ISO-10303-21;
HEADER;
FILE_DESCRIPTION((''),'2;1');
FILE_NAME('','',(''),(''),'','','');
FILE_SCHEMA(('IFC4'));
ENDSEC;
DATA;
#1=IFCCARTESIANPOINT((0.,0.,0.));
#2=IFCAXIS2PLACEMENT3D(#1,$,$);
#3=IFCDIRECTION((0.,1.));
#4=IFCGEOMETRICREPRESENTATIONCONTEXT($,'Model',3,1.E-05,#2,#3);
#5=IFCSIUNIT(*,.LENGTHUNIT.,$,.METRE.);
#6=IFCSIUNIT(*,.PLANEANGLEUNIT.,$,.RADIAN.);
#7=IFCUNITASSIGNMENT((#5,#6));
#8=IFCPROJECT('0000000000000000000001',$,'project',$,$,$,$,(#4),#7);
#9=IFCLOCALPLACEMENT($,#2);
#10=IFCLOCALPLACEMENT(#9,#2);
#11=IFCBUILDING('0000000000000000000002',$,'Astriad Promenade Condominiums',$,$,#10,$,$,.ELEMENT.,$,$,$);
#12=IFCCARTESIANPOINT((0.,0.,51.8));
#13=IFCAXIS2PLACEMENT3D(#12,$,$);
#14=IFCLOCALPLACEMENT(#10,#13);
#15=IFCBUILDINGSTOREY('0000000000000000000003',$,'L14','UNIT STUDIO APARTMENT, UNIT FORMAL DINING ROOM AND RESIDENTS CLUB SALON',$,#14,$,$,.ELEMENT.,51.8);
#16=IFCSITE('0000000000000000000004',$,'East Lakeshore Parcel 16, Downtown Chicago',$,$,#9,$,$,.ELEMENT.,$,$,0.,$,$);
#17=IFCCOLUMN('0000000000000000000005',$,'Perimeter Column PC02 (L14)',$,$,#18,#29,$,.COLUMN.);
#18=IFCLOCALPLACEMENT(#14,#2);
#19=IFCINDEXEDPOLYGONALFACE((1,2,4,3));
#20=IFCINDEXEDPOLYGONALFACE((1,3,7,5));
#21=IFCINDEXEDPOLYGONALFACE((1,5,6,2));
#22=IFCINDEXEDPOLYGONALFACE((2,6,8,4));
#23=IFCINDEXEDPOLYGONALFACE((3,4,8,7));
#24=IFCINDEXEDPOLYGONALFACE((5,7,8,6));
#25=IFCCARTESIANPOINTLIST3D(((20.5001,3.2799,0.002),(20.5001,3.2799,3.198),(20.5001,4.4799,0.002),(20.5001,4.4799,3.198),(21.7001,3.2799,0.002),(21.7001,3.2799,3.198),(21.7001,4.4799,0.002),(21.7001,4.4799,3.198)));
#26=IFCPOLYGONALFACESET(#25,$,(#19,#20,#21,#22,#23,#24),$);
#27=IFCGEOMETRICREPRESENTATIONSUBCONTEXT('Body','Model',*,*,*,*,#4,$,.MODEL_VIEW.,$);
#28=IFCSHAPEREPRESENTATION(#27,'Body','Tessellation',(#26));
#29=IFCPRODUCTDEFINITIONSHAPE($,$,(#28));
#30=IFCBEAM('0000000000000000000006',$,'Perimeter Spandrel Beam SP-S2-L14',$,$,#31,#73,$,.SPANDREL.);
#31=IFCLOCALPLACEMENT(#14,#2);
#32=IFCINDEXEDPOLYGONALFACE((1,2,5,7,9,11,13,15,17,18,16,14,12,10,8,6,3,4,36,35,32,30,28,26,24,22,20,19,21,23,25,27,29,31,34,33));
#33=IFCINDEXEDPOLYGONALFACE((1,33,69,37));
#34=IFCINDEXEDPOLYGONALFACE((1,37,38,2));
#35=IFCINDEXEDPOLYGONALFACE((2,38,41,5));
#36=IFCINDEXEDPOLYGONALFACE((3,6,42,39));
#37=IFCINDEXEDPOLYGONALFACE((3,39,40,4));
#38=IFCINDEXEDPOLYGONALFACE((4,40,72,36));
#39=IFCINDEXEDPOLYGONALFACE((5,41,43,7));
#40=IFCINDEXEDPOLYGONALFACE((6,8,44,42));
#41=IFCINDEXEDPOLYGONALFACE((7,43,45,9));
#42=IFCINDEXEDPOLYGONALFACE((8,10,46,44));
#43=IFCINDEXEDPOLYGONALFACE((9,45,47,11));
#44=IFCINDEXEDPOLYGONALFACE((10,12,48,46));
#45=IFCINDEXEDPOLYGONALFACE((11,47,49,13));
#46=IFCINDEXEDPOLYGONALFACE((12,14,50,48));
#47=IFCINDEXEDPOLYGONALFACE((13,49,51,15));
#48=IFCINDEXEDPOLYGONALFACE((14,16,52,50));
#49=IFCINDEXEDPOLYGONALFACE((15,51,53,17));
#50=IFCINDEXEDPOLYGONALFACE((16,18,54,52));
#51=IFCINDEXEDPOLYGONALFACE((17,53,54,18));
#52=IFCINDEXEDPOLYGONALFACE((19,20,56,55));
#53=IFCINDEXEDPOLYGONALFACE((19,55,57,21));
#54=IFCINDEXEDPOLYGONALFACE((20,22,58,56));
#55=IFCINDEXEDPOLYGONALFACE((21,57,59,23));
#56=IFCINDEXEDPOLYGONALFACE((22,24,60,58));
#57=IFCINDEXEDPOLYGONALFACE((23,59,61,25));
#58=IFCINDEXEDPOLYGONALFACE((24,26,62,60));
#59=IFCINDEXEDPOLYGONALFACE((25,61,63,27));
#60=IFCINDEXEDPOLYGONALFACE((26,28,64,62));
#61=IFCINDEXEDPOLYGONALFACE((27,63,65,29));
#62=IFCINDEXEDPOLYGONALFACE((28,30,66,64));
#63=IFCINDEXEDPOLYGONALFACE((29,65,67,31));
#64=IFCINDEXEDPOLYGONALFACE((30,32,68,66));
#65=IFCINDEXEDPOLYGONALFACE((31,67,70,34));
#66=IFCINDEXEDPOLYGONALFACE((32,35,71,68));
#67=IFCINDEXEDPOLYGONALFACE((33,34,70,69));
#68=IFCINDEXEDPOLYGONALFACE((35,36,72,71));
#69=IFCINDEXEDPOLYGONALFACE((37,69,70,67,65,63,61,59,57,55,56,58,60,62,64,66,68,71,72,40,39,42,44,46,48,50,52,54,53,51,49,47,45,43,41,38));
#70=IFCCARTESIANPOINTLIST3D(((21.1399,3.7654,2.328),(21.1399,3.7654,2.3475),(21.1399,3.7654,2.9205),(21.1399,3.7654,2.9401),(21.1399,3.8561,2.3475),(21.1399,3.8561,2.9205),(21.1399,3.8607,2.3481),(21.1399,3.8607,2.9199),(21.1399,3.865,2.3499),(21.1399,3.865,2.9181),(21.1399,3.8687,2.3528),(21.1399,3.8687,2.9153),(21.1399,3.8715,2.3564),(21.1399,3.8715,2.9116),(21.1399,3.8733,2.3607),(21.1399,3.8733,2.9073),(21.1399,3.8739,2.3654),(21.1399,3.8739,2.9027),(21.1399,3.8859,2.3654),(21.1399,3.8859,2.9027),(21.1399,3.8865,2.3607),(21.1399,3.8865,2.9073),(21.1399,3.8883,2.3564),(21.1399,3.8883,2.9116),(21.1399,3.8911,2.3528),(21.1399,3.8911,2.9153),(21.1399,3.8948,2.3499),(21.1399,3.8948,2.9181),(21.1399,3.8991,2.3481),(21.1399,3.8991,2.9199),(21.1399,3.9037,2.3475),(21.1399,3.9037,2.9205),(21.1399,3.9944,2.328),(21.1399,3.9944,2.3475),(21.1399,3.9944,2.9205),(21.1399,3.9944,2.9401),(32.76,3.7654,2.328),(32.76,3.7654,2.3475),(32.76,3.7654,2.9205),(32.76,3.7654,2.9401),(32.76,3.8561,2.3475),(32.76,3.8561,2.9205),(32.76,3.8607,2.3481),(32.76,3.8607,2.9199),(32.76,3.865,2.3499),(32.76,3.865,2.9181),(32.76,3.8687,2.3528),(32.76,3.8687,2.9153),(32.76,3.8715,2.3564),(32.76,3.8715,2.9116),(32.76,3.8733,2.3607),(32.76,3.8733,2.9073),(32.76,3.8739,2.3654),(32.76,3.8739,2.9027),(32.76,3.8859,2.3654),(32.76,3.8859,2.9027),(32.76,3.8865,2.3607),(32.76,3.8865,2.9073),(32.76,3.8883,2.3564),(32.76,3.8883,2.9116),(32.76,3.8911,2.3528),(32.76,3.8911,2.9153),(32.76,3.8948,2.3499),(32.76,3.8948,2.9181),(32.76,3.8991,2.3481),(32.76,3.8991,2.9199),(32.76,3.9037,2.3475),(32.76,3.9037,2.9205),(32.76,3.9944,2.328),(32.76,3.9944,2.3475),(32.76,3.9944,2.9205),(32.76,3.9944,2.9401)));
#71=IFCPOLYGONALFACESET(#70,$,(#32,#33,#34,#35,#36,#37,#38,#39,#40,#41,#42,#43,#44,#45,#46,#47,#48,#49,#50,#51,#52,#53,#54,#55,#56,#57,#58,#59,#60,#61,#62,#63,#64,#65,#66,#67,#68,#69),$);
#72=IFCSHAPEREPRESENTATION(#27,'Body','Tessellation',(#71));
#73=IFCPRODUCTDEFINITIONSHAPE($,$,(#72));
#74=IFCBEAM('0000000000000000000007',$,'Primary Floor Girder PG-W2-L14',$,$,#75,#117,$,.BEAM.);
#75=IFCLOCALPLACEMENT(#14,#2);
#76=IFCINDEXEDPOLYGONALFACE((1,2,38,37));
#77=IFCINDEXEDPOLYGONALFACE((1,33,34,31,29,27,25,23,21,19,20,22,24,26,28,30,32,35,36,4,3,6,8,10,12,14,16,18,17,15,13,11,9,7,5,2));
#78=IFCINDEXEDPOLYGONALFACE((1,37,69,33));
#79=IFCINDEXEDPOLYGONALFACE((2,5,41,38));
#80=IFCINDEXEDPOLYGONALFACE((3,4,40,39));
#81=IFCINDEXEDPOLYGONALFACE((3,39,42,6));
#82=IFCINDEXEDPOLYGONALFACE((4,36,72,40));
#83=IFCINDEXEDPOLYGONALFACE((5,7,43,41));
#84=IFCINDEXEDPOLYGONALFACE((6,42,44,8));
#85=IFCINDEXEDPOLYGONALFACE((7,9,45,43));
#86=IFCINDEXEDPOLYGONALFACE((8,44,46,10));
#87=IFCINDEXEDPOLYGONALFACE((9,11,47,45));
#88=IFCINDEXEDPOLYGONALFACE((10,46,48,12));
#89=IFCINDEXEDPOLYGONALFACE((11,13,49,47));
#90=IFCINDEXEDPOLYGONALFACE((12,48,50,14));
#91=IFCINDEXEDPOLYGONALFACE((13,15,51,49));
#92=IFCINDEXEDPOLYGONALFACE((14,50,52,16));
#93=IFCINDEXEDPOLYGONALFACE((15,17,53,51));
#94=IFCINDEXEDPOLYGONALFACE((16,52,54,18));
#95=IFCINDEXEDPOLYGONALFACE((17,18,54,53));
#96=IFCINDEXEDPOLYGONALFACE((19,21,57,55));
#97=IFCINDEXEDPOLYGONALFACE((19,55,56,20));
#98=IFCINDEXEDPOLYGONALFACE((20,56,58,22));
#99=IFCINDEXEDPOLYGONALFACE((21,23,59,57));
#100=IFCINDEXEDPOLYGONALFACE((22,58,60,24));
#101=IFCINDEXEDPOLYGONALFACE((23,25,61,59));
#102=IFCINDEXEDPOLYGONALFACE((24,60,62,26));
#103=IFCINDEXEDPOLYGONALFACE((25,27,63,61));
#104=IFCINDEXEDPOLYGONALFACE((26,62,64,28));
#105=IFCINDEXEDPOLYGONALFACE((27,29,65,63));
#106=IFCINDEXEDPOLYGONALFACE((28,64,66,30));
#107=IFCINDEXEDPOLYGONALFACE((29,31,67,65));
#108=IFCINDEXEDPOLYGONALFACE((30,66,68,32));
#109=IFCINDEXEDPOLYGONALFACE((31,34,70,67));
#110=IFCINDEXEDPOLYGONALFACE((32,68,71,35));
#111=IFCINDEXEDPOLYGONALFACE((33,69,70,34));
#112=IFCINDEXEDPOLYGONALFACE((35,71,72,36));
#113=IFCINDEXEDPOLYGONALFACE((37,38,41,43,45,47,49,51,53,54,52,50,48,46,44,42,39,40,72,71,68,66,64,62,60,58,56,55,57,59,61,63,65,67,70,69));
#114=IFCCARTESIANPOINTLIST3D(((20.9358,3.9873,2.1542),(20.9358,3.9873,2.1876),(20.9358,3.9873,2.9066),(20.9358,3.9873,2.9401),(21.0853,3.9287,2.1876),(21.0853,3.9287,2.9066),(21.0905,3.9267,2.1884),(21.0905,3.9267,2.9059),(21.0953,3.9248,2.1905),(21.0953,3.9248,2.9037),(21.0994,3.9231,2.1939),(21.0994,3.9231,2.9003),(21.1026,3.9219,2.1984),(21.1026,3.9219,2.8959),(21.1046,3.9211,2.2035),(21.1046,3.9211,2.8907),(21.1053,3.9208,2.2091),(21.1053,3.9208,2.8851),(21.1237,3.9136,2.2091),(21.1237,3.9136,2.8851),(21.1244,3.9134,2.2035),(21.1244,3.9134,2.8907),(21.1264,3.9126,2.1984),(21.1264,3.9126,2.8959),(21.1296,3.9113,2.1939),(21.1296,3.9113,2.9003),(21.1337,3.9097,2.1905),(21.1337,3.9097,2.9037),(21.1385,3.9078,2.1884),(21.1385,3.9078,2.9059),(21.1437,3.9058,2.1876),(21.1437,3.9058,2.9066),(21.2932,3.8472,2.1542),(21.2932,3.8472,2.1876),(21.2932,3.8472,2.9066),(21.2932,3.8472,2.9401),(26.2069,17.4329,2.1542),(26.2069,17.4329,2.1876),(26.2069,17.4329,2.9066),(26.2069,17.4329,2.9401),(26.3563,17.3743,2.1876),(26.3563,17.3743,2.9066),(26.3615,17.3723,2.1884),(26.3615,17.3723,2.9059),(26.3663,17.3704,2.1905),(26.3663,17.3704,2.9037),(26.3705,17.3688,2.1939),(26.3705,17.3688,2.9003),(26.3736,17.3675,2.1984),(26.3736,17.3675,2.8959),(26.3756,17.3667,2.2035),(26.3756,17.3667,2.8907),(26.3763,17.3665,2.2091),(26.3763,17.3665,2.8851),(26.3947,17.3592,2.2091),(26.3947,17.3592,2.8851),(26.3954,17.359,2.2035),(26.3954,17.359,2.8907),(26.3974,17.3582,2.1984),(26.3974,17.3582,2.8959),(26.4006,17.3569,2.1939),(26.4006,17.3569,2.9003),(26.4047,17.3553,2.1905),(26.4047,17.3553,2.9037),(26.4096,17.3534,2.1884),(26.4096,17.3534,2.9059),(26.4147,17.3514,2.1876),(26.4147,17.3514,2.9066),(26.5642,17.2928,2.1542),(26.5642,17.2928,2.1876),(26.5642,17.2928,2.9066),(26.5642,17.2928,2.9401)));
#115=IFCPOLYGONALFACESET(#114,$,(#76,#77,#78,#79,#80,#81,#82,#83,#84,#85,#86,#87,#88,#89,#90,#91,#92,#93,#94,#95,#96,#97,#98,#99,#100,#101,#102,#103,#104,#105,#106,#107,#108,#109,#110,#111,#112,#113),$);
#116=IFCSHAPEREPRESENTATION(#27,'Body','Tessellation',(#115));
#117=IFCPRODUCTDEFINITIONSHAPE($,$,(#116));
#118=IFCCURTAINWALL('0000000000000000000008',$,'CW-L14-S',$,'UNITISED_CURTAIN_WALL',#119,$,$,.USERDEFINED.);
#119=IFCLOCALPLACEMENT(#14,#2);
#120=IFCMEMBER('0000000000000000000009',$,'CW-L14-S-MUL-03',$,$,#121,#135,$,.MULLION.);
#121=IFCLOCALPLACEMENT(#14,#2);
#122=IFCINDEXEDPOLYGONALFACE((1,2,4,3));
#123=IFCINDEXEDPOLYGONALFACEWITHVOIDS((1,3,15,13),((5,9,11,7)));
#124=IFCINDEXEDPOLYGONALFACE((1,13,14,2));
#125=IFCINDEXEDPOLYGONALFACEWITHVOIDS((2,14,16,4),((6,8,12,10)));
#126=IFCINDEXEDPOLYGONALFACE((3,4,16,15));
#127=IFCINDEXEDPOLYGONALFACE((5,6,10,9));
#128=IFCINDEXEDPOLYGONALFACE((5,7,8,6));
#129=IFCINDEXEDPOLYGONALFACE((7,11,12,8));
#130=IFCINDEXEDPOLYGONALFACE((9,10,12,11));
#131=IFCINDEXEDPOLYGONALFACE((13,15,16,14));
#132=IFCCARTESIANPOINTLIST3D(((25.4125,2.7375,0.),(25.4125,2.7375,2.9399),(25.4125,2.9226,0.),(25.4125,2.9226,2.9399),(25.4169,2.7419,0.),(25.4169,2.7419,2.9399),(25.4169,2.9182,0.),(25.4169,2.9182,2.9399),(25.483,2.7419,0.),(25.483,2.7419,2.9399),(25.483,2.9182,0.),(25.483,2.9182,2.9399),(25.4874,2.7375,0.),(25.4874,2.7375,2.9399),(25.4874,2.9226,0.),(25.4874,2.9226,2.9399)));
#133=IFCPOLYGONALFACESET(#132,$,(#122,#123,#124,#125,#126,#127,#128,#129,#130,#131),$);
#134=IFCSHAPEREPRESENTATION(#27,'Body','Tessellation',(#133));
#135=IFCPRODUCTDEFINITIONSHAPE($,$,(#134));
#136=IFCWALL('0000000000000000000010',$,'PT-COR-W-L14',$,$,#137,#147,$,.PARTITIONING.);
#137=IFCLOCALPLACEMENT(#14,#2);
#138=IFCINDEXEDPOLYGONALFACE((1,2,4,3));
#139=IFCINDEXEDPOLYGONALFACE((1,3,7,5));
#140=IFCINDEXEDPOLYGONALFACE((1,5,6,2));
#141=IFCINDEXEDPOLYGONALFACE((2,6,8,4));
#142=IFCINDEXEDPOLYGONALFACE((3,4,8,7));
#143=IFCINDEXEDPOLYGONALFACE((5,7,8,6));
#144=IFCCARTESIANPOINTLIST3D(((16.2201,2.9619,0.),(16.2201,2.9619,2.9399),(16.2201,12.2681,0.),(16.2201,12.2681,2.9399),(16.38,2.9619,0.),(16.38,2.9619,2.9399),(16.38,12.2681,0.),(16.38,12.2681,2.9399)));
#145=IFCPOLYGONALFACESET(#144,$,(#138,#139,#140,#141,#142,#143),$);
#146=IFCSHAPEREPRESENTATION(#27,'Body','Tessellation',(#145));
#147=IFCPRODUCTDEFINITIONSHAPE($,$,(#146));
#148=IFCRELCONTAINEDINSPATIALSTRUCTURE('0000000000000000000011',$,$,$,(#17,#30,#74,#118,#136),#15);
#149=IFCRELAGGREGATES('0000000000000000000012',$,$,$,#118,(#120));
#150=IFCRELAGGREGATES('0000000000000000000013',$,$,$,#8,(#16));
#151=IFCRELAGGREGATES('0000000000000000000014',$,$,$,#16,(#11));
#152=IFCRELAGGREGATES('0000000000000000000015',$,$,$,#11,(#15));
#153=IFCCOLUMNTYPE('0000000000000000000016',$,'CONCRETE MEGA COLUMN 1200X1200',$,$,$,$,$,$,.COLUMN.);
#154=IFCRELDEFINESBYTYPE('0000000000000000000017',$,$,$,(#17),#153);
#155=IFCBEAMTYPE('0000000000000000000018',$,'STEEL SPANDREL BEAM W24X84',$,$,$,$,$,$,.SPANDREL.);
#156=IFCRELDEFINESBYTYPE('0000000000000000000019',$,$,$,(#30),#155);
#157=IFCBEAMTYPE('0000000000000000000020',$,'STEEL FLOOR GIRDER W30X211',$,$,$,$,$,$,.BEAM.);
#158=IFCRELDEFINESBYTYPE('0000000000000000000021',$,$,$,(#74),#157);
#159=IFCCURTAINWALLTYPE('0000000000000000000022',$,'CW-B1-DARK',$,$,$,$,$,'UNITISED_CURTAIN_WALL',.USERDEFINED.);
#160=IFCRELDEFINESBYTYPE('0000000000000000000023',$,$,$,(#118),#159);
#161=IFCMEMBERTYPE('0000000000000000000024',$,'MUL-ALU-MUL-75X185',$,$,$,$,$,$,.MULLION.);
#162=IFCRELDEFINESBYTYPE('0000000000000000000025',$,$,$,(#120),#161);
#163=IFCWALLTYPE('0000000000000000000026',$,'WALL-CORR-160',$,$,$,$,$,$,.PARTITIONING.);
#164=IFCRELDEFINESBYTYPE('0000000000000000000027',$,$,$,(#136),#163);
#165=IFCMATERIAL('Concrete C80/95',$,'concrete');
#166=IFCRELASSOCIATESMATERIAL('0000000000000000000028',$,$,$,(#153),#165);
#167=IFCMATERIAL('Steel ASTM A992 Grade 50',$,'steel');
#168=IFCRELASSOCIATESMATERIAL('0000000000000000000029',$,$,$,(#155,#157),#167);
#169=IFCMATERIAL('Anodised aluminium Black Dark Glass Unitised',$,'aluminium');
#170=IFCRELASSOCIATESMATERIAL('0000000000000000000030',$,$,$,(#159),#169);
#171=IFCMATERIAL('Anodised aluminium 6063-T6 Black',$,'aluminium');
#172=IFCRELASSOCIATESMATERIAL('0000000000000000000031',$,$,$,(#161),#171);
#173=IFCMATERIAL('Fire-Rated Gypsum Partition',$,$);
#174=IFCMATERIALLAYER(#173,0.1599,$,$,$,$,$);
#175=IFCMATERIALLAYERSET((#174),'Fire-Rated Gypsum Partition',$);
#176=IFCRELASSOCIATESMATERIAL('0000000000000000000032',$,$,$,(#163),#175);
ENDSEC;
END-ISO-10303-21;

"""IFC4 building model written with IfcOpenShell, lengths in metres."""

from ifc_helpers import new_model, si_unit, direction, frame, frame_2d, origin, origin_2d, place, context, subcontext, project, spatial, rectangle, hollow_rectangle, i_section, extrude, source, transform, mapped, material, layer, layer_set, material_profile, profile_set, type_object, type_shapes, element, aggregate, save


model = new_model("IFC4")

# Units and contexts
model_context = context("Model", 3, precision=1e-05, world=origin(), true_north=direction((0.0, 1.0)))
body_context = subcontext(model_context, "Body", "Model", "MODEL_VIEW")
ifc_project = project(units=[si_unit("LENGTHUNIT", "METRE"), si_unit("PLANEANGLEUNIT", "RADIAN")], contexts=[model_context])

# Site, building, storey
site_placement = place(None, origin())
site = spatial("IfcSite", under=ifc_project, at=site_placement, Name="East Lakeshore Parcel 16, Downtown Chicago", CompositionType="ELEMENT", RefElevation=0.0)
building_placement = place(site_placement, origin())
building = spatial("IfcBuilding", under=site, at=building_placement, Name="Astriad Promenade Condominiums", CompositionType="ELEMENT")
storey_placement = place(building_placement, frame((0.0, 0.0, 51.8)))
storey = spatial("IfcBuildingStorey", under=building, at=storey_placement, Name="L14", Description="UNIT STUDIO APARTMENT, UNIT FORMAL DINING ROOM AND RESIDENTS CLUB SALON", CompositionType="ELEMENT", Elevation=51.8)

# Column
ifc_material_1 = material(Name="Concrete C80/95", Category="concrete")
ifc_material_profile_1 = material_profile(ifc_material_1, rectangle(XDim=1.2, YDim=1.2, at=origin_2d()), Name="RC-COL-1200X1200")
ifc_profile_set_1 = profile_set([ifc_material_profile_1], Name="Concrete C80/95")
column_type = type_object("IfcColumnType", Name="CONCRETE MEGA COLUMN 1200X1200", PredefinedType="COLUMN", material=ifc_profile_set_1)
shared_shape_1 = source(origin(), body_context, "Body", "SweptSolid", [
    extrude(rectangle(XDim=1.2, YDim=1.2, at=origin_2d()), origin(), (0.0, 0.0, 1.0), 3.196),
])
type_shapes(column_type, [shared_shape_1])
column_placement = place(storey_placement, frame((21.1001, 3.8799, 0.002), z_axis=(0.0, 0.0, 1.0), x_axis=(1.0, 0.0, 0.0)))
element("IfcColumn", 1, at=column_placement, inside=storey, type_object=column_type, Name="Perimeter Column PC02 (L14)", PredefinedType="COLUMN", context=body_context, shape_type="MappedRepresentation", body=[
    mapped(shared_shape_1, transform((0.0, 0.0, 0.0), scale=1.0)),
])

# Beams
ifc_material_2 = material(Name="Steel ASTM A992 Grade 50", Category="steel")
ifc_material_profile_2 = material_profile(ifc_material_2, i_section(OverallWidth=0.229, OverallDepth=0.6121, WebThickness=0.012, FlangeThickness=0.0195, FilletRadius=0.0178, at=origin_2d()), Name="W24X84")
ifc_profile_set_2 = profile_set([ifc_material_profile_2], Name="Steel ASTM A992 Grade 50")
beam_type_1 = type_object("IfcBeamType", Name="STEEL SPANDREL BEAM W24X84", PredefinedType="SPANDREL", material=ifc_profile_set_2)
shared_shape_2 = source(origin(), body_context, "Body", "SweptSolid", [
    extrude(i_section(OverallWidth=0.229, OverallDepth=0.6121, WebThickness=0.012, FlangeThickness=0.0195, FilletRadius=0.0178, at=origin_2d()), origin(), (0.0, 0.0, 1.0), 11.6201),
])
type_shapes(beam_type_1, [shared_shape_2])
beam_1_placement = place(storey_placement, frame((21.1399, 3.8799, 2.634), z_axis=(1.0, 0.0, 0.0), x_axis=(0.0, 1.0, 0.0)))
element("IfcBeam", 2, at=beam_1_placement, inside=storey, type_object=beam_type_1, Name="Perimeter Spandrel Beam SP-S2-L14", PredefinedType="SPANDREL", context=body_context, shape_type="MappedRepresentation", body=[
    mapped(shared_shape_2, transform((0.0, 0.0, 0.0), scale=1.0)),
])
ifc_material_profile_3 = material_profile(ifc_material_2, i_section(OverallWidth=0.3838, OverallDepth=0.7859, WebThickness=0.0198, FlangeThickness=0.0334, FilletRadius=0.0215, at=origin_2d()), Name="W30X211")
ifc_profile_set_3 = profile_set([ifc_material_profile_3], Name="Steel ASTM A992 Grade 50")
beam_type_2 = type_object("IfcBeamType", Name="STEEL FLOOR GIRDER W30X211", PredefinedType="BEAM", material=ifc_profile_set_3)
shared_shape_3 = source(origin(), body_context, "Body", "SweptSolid", [
    extrude(i_section(OverallWidth=0.3838, OverallDepth=0.7859, WebThickness=0.0198, FlangeThickness=0.0334, FilletRadius=0.0215, at=origin_2d()), origin(), (0.0, 0.0, 1.0), 14.4419),
])
type_shapes(beam_type_2, [shared_shape_3])
beam_2_placement = place(storey_placement, frame((21.1145, 3.9172, 2.5471), z_axis=(0.364981, 0.931015, 0.0), x_axis=(-0.931015, 0.364981, 0.0)))
element("IfcBeam", 3, at=beam_2_placement, inside=storey, type_object=beam_type_2, Name="Primary Floor Girder PG-W2-L14", PredefinedType="BEAM", context=body_context, shape_type="MappedRepresentation", body=[
    mapped(shared_shape_3, transform((0.0, 0.0, 0.0), scale=1.0)),
])

# Curtain wall, member
ifc_material_3 = material(Name="Anodised aluminium Black Dark Glass Unitised", Category="aluminium")
curtain_wall_type = type_object("IfcCurtainWallType", Name="CW-B1-DARK", ElementType="UNITISED_CURTAIN_WALL", PredefinedType="USERDEFINED", material=ifc_material_3)
curtain_wall_placement = place(storey_placement, origin())
curtain_wall = element("IfcCurtainWall", 4, at=curtain_wall_placement, inside=storey, type_object=curtain_wall_type, Name="CW-L14-S", ObjectType="UNITISED_CURTAIN_WALL", PredefinedType="USERDEFINED")
ifc_material_4 = material(Name="Anodised aluminium 6063-T6 Black", Category="aluminium")
ifc_material_profile_4 = material_profile(ifc_material_4, hollow_rectangle(XDim=0.075, YDim=0.1851, WallThickness=0.0044, at=origin_2d()), Name="ALU-MUL-75X185")
ifc_profile_set_4 = profile_set([ifc_material_profile_4], Name="Anodised aluminium 6063-T6 Black")
member_type = type_object("IfcMemberType", Name="MUL-ALU-MUL-75X185", PredefinedType="MULLION", material=ifc_profile_set_4)
shared_shape_4 = source(origin(), body_context, "Body", "SweptSolid", [
    extrude(hollow_rectangle(XDim=0.075, YDim=0.1851, WallThickness=0.0044, at=origin_2d()), origin(), (0.0, 0.0, 1.0), 2.9399),
])
type_shapes(member_type, [shared_shape_4])
member_placement = place(storey_placement, frame((25.45, 2.8301, 0.0), z_axis=(0.0, 0.0, 1.0), x_axis=(1.0, 0.0, 0.0)))
member = element("IfcMember", 5, at=member_placement, type_object=member_type, Name="CW-L14-S-MUL-03", PredefinedType="MULLION", context=body_context, shape_type="MappedRepresentation", body=[
    mapped(shared_shape_4, transform((0.0, 0.0, 0.0), scale=1.0)),
])
aggregate(curtain_wall, [member])

# Wall
ifc_material_5 = material(Name="Fire-Rated Gypsum Partition")
ifc_layer_1 = layer(ifc_material_5, 0.1599)
ifc_layer_set_1 = layer_set([ifc_layer_1], Name="Fire-Rated Gypsum Partition")
wall_type_1 = type_object("IfcWallType", Name="WALL-CORR-160", PredefinedType="PARTITIONING", material=ifc_layer_set_1)
wall_1_placement = place(storey_placement, frame((16.3, 2.9619, 0.0), z_axis=(0.0, 0.0, 1.0), x_axis=(0.0, 1.0, 0.0)))
element("IfcWall", 6, at=wall_1_placement, inside=storey, type_object=wall_type_1, Name="PT-COR-W-L14", PredefinedType="PARTITIONING", context=body_context, shape_type="SweptSolid", body=[
    extrude(rectangle(XDim=9.3062, YDim=0.1599, at=frame_2d((4.6531, 0.0))), origin(), (0.0, 0.0, 1.0), 2.9399),
])

save(model, "model.ifc")
